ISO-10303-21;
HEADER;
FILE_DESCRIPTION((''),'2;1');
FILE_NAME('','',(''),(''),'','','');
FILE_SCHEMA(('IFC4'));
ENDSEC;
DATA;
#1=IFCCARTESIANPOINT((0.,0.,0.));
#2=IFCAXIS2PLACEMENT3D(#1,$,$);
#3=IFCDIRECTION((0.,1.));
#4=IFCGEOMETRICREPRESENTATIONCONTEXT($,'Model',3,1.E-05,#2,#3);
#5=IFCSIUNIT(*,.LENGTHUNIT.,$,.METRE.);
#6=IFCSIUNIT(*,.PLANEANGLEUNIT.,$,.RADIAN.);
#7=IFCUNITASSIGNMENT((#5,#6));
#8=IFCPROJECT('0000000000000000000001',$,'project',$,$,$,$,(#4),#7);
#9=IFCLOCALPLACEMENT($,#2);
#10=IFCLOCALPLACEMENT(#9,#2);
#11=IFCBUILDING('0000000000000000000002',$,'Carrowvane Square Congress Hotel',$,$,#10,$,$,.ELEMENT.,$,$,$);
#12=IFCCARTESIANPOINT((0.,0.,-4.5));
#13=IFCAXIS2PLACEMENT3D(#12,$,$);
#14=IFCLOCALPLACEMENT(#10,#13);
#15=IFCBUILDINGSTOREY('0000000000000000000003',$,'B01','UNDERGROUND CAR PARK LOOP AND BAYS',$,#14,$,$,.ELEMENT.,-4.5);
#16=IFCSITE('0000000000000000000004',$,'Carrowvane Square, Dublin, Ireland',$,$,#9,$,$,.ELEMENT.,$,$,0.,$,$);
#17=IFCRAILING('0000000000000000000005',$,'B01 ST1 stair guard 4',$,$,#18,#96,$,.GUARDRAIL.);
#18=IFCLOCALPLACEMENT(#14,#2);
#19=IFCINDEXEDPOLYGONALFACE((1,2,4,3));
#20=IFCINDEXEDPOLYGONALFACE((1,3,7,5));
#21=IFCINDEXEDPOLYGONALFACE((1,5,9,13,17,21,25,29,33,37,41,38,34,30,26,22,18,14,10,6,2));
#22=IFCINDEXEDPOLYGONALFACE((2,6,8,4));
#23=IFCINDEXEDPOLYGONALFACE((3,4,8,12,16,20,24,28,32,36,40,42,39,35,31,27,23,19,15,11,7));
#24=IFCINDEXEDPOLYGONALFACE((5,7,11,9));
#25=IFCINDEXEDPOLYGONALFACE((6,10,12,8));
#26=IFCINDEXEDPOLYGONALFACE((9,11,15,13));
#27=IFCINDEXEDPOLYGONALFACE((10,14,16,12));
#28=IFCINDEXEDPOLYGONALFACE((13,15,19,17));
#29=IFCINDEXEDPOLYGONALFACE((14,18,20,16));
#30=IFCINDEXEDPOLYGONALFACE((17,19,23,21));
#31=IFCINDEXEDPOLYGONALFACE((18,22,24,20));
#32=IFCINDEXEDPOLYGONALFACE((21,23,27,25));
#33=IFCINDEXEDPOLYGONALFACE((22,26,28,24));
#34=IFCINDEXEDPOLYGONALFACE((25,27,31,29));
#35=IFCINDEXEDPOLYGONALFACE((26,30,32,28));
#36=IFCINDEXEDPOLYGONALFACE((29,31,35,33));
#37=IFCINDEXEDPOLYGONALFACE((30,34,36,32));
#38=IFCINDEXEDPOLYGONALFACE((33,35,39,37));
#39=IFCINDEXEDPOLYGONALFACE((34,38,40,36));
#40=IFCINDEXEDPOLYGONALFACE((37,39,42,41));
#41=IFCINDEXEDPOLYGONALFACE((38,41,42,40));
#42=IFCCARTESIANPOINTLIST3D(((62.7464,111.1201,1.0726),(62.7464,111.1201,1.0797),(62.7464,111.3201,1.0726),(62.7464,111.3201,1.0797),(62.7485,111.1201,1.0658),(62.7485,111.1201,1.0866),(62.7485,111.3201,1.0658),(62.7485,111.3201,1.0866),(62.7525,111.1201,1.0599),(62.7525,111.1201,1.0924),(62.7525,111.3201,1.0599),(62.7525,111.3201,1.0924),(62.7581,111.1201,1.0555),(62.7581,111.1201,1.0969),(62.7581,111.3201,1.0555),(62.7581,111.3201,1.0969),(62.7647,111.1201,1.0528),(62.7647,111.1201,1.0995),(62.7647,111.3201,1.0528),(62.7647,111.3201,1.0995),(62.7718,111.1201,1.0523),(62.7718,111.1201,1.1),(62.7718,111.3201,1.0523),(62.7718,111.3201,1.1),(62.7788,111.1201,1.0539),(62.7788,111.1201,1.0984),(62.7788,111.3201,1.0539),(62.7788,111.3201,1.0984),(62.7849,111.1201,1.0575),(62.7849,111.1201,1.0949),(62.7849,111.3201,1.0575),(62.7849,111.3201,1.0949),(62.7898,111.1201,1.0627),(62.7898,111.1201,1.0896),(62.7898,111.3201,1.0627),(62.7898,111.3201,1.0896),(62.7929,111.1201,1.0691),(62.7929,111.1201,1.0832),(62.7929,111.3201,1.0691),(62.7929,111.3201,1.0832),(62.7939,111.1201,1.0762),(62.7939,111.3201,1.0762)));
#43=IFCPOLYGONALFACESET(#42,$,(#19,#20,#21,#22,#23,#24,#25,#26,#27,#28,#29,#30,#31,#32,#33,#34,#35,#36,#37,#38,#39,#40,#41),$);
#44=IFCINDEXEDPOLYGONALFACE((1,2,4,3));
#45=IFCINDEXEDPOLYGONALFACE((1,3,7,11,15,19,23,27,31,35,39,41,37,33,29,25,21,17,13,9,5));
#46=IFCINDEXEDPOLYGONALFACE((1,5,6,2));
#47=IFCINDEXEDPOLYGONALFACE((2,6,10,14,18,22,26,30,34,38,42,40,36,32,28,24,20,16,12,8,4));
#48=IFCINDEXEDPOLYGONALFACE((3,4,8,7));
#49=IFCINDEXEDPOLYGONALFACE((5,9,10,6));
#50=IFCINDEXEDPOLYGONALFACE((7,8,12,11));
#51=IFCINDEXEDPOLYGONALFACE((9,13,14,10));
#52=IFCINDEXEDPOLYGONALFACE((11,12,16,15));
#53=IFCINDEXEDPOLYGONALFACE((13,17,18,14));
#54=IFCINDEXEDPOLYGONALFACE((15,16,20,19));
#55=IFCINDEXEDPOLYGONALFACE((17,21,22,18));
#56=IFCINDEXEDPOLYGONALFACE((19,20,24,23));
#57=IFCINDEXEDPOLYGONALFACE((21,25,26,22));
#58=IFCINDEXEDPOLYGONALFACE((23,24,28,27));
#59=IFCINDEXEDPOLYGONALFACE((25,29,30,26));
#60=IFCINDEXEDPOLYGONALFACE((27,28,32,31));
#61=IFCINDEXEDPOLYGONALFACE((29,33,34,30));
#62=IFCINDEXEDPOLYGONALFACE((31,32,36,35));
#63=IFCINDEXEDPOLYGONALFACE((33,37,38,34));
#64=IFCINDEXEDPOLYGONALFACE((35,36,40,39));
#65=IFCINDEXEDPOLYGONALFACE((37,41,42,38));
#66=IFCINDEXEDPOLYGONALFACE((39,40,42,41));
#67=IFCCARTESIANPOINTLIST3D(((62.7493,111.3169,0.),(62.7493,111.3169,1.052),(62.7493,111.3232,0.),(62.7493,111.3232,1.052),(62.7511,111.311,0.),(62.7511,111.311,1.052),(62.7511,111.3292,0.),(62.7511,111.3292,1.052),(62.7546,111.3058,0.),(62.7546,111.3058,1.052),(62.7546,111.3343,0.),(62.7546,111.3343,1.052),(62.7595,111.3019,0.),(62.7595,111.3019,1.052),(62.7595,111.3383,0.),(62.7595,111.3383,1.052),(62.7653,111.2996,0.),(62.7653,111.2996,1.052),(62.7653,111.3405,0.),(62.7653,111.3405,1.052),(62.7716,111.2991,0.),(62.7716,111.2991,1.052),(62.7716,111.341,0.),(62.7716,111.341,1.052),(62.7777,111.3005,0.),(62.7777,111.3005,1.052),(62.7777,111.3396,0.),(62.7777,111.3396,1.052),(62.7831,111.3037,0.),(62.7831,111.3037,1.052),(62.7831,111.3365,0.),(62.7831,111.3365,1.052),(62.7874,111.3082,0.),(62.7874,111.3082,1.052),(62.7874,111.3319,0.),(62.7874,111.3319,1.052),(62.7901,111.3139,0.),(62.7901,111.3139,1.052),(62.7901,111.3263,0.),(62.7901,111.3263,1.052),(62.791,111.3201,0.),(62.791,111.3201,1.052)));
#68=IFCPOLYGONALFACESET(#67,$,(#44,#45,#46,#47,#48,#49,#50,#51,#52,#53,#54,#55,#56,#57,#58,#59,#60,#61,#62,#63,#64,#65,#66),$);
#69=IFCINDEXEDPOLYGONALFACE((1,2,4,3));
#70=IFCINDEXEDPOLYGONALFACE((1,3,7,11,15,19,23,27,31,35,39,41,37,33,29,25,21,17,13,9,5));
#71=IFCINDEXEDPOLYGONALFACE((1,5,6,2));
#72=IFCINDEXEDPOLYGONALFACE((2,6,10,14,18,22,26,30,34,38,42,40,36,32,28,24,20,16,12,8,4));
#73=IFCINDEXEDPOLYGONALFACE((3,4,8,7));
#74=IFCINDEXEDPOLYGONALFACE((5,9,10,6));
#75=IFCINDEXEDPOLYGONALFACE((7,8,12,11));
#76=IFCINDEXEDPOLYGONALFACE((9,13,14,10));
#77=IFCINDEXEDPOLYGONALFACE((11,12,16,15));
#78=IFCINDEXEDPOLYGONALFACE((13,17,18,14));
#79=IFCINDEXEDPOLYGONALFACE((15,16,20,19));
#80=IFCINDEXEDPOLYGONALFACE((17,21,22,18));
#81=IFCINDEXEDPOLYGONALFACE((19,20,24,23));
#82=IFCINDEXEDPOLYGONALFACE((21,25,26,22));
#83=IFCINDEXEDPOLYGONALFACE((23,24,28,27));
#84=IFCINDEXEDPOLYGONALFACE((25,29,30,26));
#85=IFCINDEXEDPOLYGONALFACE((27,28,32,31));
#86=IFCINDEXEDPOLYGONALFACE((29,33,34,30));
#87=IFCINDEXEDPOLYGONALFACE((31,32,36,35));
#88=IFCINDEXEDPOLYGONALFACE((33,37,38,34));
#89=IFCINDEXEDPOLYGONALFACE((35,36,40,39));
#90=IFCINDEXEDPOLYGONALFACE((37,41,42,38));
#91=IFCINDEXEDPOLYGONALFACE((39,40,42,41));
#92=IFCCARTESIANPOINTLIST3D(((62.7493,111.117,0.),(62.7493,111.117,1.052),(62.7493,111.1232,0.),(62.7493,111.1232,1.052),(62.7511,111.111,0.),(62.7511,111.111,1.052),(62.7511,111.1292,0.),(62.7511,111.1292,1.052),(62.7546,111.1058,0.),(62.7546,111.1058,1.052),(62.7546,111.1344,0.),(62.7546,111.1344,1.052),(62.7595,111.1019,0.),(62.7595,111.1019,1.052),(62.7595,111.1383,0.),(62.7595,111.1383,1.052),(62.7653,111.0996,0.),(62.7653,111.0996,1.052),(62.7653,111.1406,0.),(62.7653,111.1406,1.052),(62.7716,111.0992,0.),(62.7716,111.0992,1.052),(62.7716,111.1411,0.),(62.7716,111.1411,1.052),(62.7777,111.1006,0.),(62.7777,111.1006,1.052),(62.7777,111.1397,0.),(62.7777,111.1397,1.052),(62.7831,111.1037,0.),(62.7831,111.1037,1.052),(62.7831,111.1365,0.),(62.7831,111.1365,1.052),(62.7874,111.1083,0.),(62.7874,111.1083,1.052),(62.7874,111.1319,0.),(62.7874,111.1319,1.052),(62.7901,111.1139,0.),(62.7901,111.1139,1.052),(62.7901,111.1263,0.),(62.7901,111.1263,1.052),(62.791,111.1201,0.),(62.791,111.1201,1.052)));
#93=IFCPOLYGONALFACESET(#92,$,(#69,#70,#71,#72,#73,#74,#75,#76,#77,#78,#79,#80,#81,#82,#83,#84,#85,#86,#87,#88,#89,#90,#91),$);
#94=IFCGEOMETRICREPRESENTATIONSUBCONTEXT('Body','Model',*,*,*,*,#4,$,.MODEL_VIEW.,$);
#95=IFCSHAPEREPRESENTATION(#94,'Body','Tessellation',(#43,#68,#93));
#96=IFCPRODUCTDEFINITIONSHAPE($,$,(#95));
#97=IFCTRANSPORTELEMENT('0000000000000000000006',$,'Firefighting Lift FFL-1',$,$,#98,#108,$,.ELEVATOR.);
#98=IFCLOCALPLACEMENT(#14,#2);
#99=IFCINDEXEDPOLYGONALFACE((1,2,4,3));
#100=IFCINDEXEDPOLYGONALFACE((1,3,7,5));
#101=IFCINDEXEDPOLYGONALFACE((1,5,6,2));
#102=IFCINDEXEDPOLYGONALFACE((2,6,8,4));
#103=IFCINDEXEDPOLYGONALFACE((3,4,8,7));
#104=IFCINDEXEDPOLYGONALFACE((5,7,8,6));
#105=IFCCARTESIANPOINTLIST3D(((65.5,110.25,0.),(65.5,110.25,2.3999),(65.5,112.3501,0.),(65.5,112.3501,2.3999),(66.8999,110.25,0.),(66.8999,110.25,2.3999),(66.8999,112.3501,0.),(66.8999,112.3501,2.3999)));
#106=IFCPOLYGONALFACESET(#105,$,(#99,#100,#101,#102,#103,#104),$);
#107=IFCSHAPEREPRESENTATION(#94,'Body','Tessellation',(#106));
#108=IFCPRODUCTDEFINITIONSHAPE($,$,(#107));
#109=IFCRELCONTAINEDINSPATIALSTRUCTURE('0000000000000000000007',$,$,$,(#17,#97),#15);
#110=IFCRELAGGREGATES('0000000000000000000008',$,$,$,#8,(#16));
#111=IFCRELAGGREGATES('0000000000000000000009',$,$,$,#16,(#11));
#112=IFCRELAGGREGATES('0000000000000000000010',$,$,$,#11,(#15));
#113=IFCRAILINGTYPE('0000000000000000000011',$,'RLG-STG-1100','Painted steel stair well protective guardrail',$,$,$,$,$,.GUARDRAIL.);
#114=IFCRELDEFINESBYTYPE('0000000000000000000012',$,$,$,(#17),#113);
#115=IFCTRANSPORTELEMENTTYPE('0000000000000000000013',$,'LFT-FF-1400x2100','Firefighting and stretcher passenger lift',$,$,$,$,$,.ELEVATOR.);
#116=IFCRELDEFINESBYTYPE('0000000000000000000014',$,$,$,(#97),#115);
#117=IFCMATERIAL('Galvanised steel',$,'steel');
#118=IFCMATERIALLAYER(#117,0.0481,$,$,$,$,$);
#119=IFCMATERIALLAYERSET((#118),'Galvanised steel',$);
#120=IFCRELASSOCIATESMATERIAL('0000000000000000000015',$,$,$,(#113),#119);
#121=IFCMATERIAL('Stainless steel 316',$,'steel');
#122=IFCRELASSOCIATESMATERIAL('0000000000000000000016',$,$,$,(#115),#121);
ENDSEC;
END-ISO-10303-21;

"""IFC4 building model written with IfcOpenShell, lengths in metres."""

from ifc_helpers import new_model, si_unit, direction, frame, origin, origin_2d, place, context, subcontext, project, spatial, rectangle, circle, extrude, material, layer, layer_set, type_object, element, save


model = new_model("IFC4")

# Units and contexts
model_context = context("Model", 3, precision=1e-05, world=origin(), true_north=direction((0.0, 1.0)))
body_context = subcontext(model_context, "Body", "Model", "MODEL_VIEW")
ifc_project = project(units=[si_unit("LENGTHUNIT", "METRE"), si_unit("PLANEANGLEUNIT", "RADIAN")], contexts=[model_context])

# Site, building, storey
site_placement = place(None, origin())
site = spatial("IfcSite", under=ifc_project, at=site_placement, Name="Carrowvane Square, Dublin, Ireland", CompositionType="ELEMENT", RefElevation=0.0)
building_placement = place(site_placement, origin())
building = spatial("IfcBuilding", under=site, at=building_placement, Name="Carrowvane Square Congress Hotel", CompositionType="ELEMENT")
storey_placement = place(building_placement, frame((0.0, 0.0, -4.5)))
storey = spatial("IfcBuildingStorey", under=building, at=storey_placement, Name="B01", Description="UNDERGROUND CAR PARK LOOP AND BAYS", CompositionType="ELEMENT", Elevation=-4.5)

# Railing
ifc_material_1 = material(Name="Galvanised steel", Category="steel")
ifc_layer_1 = layer(ifc_material_1, 0.0481)
ifc_layer_set_1 = layer_set([ifc_layer_1], Name="Galvanised steel")
railing_type_1 = type_object("IfcRailingType", Name="RLG-STG-1100", Description="Painted steel stair well protective guardrail", PredefinedType="GUARDRAIL", material=ifc_layer_set_1)
railing_1_placement = place(storey_placement, frame((62.77, 111.3201, 0.0)))
element("IfcRailing", 1, at=railing_1_placement, inside=storey, type_object=railing_type_1, Name="B01 ST1 stair guard 4", PredefinedType="GUARDRAIL", context=body_context, shape_type="SweptSolid", body=[
    extrude(circle(Radius=0.0239, at=origin_2d()), frame((0.0, 0.0, 1.0762), z_axis=(0.0, -1.0, 0.0), x_axis=(1.0, 0.0, 0.0)), (0.0, 0.0, 1.0), 0.2),
    extrude(circle(Radius=0.021, at=origin_2d()), origin(), (0.0, 0.0, 1.0), 1.052),
    extrude(circle(Radius=0.021, at=origin_2d()), frame((0.0, -0.2, 0.0)), (0.0, 0.0, 1.0), 1.052),
])

# Transport element
ifc_material_2 = material(Name="Stainless steel 316", Category="steel")
transport_element_type = type_object("IfcTransportElementType", Name="LFT-FF-1400x2100", Description="Firefighting and stretcher passenger lift", PredefinedType="ELEVATOR", material=ifc_material_2)
transport_element_placement = place(storey_placement, frame((66.2, 111.3, 0.0), z_axis=(0.0, 0.0, 1.0), x_axis=(1.0, 0.0, 0.0)))
element("IfcTransportElement", 2, at=transport_element_placement, inside=storey, type_object=transport_element_type, Name="Firefighting Lift FFL-1", PredefinedType="ELEVATOR", context=body_context, shape_type="SweptSolid", body=[
    extrude(rectangle(XDim=1.3999, YDim=2.1001, at=origin_2d()), origin(), (0.0, 0.0, 1.0), 2.3999),
])

save(model, "model.ifc")
